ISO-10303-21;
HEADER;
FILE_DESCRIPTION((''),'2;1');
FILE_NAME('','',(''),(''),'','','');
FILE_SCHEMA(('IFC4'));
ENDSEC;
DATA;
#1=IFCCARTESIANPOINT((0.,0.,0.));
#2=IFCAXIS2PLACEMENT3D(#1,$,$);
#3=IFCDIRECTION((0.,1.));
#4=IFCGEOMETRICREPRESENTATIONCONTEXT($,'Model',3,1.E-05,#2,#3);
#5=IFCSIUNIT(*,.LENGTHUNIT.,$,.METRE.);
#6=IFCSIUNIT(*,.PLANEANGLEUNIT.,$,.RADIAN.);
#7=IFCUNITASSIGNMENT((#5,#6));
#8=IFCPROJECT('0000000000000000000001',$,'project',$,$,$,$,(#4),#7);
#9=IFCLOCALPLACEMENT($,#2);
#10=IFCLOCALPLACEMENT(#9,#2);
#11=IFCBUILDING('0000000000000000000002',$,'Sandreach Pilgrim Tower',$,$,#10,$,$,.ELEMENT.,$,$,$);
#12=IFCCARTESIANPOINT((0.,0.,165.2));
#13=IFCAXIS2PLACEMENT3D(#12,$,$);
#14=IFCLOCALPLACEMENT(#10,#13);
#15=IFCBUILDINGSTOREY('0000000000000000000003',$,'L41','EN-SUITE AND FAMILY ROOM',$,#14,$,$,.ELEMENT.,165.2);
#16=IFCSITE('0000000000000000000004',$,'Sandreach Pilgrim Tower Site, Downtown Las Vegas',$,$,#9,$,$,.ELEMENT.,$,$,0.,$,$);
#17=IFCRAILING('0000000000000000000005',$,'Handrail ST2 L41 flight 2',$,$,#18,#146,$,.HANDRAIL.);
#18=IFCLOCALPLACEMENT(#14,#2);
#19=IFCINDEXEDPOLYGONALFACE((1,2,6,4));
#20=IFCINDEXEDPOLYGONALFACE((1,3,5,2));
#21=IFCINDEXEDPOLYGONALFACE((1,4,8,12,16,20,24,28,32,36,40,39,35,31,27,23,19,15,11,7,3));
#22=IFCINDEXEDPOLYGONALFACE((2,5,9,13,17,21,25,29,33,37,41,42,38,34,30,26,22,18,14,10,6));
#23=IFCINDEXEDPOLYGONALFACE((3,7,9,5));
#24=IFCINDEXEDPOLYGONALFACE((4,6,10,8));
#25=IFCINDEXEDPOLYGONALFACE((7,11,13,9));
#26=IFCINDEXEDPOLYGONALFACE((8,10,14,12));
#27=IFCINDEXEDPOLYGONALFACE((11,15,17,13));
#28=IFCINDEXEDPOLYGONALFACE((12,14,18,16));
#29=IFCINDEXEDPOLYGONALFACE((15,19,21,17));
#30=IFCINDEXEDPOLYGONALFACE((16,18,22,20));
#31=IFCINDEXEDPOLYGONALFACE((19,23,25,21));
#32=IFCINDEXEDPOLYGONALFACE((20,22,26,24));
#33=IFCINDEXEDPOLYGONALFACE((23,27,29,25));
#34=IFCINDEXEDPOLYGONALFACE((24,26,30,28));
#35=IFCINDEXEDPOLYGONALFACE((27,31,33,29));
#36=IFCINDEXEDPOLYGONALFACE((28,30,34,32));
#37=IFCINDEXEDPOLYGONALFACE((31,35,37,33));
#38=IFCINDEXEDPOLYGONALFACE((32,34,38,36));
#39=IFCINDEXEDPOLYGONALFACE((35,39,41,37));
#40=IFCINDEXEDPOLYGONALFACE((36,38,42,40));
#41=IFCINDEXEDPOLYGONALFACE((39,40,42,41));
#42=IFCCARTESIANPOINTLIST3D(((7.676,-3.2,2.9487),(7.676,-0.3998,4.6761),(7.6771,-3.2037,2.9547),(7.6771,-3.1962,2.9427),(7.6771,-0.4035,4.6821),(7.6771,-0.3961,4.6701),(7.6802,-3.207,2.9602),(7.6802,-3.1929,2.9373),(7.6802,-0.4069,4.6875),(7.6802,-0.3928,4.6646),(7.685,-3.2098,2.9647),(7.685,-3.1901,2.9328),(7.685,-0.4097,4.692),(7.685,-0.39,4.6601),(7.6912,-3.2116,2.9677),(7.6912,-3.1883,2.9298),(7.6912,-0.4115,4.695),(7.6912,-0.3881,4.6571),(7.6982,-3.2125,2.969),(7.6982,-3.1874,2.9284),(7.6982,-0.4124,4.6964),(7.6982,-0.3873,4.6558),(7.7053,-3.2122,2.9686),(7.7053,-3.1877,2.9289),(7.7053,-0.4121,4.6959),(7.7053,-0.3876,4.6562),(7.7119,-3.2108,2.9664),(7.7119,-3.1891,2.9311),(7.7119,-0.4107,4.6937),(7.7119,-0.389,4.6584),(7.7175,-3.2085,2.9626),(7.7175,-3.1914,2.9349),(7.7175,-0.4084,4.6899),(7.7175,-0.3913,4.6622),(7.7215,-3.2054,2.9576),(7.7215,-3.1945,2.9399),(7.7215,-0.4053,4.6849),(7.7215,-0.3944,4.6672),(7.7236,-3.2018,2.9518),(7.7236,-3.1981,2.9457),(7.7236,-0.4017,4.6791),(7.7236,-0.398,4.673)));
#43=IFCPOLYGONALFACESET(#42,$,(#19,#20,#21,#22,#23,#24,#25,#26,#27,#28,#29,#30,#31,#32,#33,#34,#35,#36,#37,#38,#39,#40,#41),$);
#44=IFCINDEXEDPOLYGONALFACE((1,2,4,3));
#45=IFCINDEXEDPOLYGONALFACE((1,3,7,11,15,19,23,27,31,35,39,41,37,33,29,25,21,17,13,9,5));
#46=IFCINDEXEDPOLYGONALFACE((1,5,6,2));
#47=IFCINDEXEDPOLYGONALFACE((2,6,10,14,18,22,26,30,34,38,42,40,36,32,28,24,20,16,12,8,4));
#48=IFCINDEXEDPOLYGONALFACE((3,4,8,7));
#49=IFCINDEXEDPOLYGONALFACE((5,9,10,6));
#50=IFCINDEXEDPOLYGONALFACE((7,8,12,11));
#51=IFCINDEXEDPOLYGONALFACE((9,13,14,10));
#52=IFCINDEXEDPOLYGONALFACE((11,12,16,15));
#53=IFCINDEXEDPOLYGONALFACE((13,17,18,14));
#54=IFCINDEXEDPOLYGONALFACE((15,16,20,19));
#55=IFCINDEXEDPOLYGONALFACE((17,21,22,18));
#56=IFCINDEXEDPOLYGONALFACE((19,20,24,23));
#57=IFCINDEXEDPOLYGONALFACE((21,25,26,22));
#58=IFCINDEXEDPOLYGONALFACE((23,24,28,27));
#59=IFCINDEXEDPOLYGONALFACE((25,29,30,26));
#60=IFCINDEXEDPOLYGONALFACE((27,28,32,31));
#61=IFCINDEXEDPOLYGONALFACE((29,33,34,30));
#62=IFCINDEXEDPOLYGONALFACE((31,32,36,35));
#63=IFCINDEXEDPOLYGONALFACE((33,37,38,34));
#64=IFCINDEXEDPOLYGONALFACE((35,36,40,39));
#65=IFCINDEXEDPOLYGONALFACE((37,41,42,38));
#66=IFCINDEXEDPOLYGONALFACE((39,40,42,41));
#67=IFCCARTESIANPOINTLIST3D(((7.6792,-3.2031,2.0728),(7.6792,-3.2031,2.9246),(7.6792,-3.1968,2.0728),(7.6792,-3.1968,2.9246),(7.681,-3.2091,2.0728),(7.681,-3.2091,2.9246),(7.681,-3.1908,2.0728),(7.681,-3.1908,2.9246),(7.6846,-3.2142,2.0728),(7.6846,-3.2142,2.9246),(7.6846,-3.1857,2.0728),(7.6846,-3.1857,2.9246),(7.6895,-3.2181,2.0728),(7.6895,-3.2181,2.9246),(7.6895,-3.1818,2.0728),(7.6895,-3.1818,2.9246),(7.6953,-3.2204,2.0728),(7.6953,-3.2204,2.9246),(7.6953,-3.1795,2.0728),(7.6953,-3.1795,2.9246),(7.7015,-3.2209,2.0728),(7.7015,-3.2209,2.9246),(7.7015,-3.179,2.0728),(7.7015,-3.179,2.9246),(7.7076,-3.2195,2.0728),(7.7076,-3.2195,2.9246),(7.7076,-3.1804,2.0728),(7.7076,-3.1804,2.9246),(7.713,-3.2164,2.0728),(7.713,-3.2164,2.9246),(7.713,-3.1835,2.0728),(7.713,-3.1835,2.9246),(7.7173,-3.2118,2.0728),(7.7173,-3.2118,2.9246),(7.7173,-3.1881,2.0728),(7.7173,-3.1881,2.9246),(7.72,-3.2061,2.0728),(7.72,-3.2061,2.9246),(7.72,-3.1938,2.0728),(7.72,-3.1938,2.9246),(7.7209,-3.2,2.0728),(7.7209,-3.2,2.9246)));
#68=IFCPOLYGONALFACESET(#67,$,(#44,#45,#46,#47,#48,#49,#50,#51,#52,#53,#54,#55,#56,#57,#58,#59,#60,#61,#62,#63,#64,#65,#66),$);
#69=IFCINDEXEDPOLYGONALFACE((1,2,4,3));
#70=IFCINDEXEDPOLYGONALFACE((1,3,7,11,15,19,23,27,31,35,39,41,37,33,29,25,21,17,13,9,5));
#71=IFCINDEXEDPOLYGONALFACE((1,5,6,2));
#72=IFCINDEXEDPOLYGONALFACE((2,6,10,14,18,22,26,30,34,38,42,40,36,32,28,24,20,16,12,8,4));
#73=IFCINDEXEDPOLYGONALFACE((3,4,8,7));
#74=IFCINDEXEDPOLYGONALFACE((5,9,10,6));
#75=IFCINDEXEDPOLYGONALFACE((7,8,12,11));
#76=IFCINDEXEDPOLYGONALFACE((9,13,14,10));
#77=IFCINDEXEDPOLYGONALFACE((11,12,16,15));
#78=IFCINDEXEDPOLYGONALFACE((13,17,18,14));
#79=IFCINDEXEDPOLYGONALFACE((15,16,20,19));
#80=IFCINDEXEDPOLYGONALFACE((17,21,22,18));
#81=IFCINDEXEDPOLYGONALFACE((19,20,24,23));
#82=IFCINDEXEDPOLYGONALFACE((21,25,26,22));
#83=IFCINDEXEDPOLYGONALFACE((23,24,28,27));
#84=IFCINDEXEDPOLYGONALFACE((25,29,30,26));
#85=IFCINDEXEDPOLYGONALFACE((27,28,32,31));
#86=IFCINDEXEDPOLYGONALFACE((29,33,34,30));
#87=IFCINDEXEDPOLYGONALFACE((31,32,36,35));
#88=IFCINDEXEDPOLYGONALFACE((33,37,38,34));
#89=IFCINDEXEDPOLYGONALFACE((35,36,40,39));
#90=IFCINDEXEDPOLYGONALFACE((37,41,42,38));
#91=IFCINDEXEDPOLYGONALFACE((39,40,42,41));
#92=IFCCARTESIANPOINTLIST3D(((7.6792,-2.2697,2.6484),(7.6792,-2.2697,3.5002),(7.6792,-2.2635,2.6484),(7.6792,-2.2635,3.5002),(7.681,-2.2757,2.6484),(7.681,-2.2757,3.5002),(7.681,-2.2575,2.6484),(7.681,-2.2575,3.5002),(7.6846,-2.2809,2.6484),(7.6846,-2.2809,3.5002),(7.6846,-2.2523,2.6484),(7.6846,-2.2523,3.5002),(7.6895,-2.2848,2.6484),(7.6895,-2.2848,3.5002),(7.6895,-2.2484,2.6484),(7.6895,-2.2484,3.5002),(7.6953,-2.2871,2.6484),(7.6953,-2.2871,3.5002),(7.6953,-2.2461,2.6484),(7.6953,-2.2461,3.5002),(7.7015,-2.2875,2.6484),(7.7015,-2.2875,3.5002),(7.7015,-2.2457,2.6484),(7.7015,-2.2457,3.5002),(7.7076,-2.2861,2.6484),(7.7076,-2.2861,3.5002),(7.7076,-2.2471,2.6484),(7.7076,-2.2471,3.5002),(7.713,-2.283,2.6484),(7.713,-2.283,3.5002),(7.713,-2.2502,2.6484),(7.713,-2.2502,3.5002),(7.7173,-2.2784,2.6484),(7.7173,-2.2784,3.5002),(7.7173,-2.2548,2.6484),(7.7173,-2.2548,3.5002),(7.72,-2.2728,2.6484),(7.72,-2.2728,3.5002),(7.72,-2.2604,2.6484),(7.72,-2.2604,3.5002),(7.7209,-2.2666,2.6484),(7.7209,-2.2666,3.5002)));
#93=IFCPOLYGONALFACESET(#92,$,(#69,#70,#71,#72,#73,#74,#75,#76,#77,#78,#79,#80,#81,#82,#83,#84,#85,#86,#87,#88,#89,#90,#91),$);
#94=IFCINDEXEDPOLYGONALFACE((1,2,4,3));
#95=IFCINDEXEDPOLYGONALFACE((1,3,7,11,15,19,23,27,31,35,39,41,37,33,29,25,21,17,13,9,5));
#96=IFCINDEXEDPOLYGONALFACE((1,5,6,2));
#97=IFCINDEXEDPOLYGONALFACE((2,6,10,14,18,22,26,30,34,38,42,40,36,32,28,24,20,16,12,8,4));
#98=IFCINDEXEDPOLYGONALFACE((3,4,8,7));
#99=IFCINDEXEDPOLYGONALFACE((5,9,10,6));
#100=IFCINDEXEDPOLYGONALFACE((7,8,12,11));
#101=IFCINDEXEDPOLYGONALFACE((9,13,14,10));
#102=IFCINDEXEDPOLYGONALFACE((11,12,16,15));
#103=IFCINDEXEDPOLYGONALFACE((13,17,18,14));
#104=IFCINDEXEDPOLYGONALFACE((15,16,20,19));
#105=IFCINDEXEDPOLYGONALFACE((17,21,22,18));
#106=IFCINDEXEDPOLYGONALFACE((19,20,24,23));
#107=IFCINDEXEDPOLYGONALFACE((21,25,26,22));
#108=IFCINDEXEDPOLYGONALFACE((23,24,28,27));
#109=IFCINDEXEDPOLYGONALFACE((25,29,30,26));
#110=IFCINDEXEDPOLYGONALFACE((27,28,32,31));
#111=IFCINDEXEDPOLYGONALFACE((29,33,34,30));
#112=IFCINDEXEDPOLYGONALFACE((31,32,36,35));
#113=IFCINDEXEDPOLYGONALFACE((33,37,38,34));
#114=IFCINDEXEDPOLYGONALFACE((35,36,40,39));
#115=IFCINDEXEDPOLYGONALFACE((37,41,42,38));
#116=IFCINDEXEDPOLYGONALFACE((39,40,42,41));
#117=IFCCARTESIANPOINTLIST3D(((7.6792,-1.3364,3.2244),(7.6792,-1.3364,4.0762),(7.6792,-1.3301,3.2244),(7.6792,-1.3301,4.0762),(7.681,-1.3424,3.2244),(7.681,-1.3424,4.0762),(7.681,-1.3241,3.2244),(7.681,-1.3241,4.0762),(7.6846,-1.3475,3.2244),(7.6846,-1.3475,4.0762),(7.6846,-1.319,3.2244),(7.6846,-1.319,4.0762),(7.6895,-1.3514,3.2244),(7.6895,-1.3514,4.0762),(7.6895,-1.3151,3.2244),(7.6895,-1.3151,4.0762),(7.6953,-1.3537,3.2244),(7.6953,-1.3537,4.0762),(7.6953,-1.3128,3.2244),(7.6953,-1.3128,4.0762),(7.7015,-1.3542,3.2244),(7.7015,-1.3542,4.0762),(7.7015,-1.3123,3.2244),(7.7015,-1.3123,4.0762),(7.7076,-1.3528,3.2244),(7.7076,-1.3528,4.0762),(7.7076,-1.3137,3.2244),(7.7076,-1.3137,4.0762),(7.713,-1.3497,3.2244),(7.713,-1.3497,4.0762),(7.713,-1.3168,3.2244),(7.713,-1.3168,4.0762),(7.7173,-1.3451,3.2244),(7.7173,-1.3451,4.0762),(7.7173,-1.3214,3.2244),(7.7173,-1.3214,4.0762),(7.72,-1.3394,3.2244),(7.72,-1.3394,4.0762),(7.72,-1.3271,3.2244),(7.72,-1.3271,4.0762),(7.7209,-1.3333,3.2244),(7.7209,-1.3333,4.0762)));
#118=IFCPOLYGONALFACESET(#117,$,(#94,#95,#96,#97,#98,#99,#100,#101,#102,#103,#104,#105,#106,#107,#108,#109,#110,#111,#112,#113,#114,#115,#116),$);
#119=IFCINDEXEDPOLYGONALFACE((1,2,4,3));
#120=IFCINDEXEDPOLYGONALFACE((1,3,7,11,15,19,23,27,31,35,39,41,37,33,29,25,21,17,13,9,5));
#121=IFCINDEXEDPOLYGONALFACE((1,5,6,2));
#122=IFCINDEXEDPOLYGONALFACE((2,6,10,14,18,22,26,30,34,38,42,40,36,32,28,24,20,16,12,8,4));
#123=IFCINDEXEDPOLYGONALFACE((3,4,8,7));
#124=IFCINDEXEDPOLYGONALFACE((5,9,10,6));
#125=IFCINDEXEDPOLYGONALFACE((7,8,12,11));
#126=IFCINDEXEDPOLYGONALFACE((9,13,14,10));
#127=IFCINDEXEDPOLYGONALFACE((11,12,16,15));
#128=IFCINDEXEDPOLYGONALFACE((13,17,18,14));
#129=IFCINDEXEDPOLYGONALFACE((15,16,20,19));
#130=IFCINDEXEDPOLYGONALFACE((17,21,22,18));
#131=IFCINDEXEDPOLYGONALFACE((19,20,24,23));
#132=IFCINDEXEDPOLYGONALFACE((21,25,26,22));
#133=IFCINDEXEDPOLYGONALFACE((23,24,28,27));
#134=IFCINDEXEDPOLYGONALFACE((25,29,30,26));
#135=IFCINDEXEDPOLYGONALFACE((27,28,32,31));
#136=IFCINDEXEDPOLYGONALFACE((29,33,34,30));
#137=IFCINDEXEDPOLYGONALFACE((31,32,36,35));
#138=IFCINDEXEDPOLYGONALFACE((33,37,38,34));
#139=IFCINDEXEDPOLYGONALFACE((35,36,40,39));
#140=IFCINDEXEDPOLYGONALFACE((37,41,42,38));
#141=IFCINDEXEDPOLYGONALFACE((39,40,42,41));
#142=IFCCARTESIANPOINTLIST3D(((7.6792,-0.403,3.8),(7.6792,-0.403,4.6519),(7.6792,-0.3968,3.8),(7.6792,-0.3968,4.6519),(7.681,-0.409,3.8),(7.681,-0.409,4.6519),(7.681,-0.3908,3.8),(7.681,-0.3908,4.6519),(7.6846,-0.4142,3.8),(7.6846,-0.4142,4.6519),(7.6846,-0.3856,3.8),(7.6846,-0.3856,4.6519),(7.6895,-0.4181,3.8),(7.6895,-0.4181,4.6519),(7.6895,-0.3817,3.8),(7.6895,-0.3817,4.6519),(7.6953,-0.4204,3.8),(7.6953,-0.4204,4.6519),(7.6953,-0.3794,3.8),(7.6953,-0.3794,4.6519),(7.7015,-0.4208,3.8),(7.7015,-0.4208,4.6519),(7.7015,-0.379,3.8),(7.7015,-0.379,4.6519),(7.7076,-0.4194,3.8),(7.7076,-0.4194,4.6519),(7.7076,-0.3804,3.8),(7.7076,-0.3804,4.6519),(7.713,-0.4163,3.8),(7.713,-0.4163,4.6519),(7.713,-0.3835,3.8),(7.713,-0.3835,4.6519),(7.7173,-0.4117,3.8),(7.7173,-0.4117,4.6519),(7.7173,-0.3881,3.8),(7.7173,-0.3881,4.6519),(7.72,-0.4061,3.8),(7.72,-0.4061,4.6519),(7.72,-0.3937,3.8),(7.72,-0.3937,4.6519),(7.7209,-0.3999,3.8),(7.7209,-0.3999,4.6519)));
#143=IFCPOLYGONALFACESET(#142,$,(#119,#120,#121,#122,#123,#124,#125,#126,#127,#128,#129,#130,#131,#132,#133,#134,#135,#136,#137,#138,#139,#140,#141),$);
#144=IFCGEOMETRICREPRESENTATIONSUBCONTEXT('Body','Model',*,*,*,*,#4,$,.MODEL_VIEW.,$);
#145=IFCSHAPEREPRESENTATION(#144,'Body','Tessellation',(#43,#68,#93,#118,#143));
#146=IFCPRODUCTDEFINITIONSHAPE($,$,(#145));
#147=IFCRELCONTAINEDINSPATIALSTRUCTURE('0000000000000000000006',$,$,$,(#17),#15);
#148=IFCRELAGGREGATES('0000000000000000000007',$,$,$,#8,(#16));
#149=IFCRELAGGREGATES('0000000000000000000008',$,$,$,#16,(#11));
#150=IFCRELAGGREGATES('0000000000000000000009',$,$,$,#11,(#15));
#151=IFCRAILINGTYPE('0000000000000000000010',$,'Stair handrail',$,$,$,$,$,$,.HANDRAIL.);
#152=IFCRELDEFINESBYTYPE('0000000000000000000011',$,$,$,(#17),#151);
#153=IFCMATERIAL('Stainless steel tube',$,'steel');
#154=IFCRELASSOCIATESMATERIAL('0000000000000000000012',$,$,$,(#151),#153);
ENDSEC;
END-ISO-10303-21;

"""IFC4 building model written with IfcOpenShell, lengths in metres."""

from ifc_helpers import new_model, si_unit, direction, frame, origin, origin_2d, place, context, subcontext, project, spatial, circle, extrude, material, type_object, element, save


model = new_model("IFC4")

# Units and contexts
model_context = context("Model", 3, precision=1e-05, world=origin(), true_north=direction((0.0, 1.0)))
body_context = subcontext(model_context, "Body", "Model", "MODEL_VIEW")
ifc_project = project(units=[si_unit("LENGTHUNIT", "METRE"), si_unit("PLANEANGLEUNIT", "RADIAN")], contexts=[model_context])

# Site, building, storey
site_placement = place(None, origin())
site = spatial("IfcSite", under=ifc_project, at=site_placement, Name="Sandreach Pilgrim Tower Site, Downtown Las Vegas", CompositionType="ELEMENT", RefElevation=0.0)
building_placement = place(site_placement, origin())
building = spatial("IfcBuilding", under=site, at=building_placement, Name="Sandreach Pilgrim Tower", CompositionType="ELEMENT")
storey_placement = place(building_placement, frame((0.0, 0.0, 165.2)))
storey = spatial("IfcBuildingStorey", under=building, at=storey_placement, Name="L41", Description="EN-SUITE AND FAMILY ROOM", CompositionType="ELEMENT", Elevation=165.2)

# Railing
ifc_material_1 = material(Name="Stainless steel tube", Category="steel")
railing_type = type_object("IfcRailingType", Name="Stair handrail", PredefinedType="HANDRAIL", material=ifc_material_1)
for number, where, name in (
    (1, (7.7, -3.2, 2.0728), "Handrail ST2 L41 flight 2"),
):
    element("IfcRailing", number, at=place(storey_placement, frame(where)), inside=storey, type_object=railing_type, Name=name, PredefinedType="HANDRAIL", context=body_context, shape_type="SweptSolid", body=[
        extrude(circle(Radius=0.0239, at=origin_2d()), frame((0.0, 0.0, 0.876), z_axis=(0.0, 0.85109, 0.52502), x_axis=(-1.0, 0.0, 0.0)), (0.0, 0.0, 1.0), 3.29),
        extrude(circle(Radius=0.021, at=origin_2d()), origin(), (0.0, 0.0, 1.0), 0.8518),
        extrude(circle(Radius=0.021, at=origin_2d()), frame((0.0, 0.9333, 0.5757)), (0.0, 0.0, 1.0), 0.8518),
        extrude(circle(Radius=0.021, at=origin_2d()), frame((0.0, 1.8667, 1.1516)), (0.0, 0.0, 1.0), 0.8518),
        extrude(circle(Radius=0.021, at=origin_2d()), frame((0.0, 2.8, 1.7273)), (0.0, 0.0, 1.0), 0.8518),
    ])

save(model, "model.ifc")
